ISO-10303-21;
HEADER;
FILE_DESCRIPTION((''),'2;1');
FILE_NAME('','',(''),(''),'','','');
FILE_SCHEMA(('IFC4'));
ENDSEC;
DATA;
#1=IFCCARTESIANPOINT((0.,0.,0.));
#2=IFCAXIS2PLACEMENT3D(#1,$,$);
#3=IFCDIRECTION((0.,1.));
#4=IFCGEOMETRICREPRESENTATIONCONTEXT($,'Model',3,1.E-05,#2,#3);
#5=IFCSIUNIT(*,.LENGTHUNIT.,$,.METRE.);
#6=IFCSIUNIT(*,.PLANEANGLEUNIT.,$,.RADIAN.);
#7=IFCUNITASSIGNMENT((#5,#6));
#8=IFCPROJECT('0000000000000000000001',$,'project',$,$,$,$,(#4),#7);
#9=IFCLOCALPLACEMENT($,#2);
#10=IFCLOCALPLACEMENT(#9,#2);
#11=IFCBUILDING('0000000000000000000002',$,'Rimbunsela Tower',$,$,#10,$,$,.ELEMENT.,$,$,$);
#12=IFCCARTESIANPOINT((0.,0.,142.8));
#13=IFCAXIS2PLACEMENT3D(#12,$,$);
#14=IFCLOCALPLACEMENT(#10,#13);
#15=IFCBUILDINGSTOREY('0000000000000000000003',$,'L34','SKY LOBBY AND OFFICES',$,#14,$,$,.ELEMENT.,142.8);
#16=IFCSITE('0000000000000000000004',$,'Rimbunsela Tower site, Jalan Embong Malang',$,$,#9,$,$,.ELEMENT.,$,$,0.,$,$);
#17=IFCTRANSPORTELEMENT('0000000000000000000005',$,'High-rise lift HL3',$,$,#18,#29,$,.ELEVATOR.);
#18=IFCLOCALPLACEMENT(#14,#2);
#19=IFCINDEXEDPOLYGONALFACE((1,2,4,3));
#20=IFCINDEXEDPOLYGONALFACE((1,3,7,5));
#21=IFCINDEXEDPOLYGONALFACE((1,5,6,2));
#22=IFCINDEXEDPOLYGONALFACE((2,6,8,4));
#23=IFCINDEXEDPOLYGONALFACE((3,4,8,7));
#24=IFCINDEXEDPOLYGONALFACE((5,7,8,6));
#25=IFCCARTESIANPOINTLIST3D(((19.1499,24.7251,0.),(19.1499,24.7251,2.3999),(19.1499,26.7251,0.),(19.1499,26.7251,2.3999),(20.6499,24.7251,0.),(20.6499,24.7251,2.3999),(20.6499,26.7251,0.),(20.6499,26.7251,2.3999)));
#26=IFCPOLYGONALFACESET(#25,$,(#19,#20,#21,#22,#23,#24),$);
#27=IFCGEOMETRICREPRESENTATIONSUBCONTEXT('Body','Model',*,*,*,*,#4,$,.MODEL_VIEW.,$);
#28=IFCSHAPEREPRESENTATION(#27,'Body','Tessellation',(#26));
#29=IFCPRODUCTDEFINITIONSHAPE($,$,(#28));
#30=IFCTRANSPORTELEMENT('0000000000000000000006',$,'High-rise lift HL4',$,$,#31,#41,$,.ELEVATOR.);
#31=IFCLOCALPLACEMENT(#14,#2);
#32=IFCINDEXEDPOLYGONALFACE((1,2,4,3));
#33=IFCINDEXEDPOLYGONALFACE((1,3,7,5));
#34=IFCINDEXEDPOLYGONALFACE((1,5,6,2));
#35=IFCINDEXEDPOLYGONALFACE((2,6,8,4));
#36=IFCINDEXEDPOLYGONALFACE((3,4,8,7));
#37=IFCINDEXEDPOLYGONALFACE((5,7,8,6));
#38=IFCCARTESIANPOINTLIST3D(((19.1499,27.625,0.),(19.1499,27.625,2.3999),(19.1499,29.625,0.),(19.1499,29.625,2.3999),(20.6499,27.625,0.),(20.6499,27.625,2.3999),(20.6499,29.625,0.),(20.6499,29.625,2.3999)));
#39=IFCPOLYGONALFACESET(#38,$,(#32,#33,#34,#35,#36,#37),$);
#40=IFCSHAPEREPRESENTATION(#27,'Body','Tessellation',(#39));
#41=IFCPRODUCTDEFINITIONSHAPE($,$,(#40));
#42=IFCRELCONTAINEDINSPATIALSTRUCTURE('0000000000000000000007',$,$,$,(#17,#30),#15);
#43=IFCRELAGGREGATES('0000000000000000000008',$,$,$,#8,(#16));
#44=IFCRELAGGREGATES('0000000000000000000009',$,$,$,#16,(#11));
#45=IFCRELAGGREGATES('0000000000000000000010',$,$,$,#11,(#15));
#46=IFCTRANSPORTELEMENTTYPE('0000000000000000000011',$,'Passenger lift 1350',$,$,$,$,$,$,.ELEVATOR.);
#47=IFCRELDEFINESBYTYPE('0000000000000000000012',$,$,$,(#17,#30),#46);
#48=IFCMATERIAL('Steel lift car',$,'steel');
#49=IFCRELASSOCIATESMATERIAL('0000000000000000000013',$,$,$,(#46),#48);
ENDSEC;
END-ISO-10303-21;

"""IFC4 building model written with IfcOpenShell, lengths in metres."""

from ifc_helpers import new_model, si_unit, direction, frame, origin, origin_2d, place, context, subcontext, project, spatial, rectangle, extrude, material, type_object, element, save


model = new_model("IFC4")

# Units and contexts
model_context = context("Model", 3, precision=1e-05, world=origin(), true_north=direction((0.0, 1.0)))
body_context = subcontext(model_context, "Body", "Model", "MODEL_VIEW")
ifc_project = project(units=[si_unit("LENGTHUNIT", "METRE"), si_unit("PLANEANGLEUNIT", "RADIAN")], contexts=[model_context])

# Site, building, storey
site_placement = place(None, origin())
site = spatial("IfcSite", under=ifc_project, at=site_placement, Name="Rimbunsela Tower site, Jalan Embong Malang", CompositionType="ELEMENT", RefElevation=0.0)
building_placement = place(site_placement, origin())
building = spatial("IfcBuilding", under=site, at=building_placement, Name="Rimbunsela Tower", CompositionType="ELEMENT")
storey_placement = place(building_placement, frame((0.0, 0.0, 142.8)))
storey = spatial("IfcBuildingStorey", under=building, at=storey_placement, Name="L34", Description="SKY LOBBY AND OFFICES", CompositionType="ELEMENT", Elevation=142.8)

# Transport elements
ifc_material_1 = material(Name="Steel lift car", Category="steel")
transport_element_type = type_object("IfcTransportElementType", Name="Passenger lift 1350", PredefinedType="ELEVATOR", material=ifc_material_1)
for number, where, z_axis, x_axis, name in (
    (1, (19.8999, 25.7251, 0.0), (0.0, 0.0, 1.0), (1.0, 0.0, 0.0), "High-rise lift HL3"),
    (2, (19.8999, 28.625, 0.0), (0.0, 0.0, 1.0), (1.0, 0.0, 0.0), "High-rise lift HL4"),
):
    element("IfcTransportElement", number, at=place(storey_placement, frame(where, z_axis=z_axis, x_axis=x_axis)), inside=storey, type_object=transport_element_type, Name=name, PredefinedType="ELEVATOR", context=body_context, shape_type="SweptSolid", body=[
        extrude(rectangle(XDim=1.5, YDim=2.0, at=origin_2d()), origin(), (0.0, 0.0, 1.0), 2.3999),
    ])

save(model, "model.ifc")
